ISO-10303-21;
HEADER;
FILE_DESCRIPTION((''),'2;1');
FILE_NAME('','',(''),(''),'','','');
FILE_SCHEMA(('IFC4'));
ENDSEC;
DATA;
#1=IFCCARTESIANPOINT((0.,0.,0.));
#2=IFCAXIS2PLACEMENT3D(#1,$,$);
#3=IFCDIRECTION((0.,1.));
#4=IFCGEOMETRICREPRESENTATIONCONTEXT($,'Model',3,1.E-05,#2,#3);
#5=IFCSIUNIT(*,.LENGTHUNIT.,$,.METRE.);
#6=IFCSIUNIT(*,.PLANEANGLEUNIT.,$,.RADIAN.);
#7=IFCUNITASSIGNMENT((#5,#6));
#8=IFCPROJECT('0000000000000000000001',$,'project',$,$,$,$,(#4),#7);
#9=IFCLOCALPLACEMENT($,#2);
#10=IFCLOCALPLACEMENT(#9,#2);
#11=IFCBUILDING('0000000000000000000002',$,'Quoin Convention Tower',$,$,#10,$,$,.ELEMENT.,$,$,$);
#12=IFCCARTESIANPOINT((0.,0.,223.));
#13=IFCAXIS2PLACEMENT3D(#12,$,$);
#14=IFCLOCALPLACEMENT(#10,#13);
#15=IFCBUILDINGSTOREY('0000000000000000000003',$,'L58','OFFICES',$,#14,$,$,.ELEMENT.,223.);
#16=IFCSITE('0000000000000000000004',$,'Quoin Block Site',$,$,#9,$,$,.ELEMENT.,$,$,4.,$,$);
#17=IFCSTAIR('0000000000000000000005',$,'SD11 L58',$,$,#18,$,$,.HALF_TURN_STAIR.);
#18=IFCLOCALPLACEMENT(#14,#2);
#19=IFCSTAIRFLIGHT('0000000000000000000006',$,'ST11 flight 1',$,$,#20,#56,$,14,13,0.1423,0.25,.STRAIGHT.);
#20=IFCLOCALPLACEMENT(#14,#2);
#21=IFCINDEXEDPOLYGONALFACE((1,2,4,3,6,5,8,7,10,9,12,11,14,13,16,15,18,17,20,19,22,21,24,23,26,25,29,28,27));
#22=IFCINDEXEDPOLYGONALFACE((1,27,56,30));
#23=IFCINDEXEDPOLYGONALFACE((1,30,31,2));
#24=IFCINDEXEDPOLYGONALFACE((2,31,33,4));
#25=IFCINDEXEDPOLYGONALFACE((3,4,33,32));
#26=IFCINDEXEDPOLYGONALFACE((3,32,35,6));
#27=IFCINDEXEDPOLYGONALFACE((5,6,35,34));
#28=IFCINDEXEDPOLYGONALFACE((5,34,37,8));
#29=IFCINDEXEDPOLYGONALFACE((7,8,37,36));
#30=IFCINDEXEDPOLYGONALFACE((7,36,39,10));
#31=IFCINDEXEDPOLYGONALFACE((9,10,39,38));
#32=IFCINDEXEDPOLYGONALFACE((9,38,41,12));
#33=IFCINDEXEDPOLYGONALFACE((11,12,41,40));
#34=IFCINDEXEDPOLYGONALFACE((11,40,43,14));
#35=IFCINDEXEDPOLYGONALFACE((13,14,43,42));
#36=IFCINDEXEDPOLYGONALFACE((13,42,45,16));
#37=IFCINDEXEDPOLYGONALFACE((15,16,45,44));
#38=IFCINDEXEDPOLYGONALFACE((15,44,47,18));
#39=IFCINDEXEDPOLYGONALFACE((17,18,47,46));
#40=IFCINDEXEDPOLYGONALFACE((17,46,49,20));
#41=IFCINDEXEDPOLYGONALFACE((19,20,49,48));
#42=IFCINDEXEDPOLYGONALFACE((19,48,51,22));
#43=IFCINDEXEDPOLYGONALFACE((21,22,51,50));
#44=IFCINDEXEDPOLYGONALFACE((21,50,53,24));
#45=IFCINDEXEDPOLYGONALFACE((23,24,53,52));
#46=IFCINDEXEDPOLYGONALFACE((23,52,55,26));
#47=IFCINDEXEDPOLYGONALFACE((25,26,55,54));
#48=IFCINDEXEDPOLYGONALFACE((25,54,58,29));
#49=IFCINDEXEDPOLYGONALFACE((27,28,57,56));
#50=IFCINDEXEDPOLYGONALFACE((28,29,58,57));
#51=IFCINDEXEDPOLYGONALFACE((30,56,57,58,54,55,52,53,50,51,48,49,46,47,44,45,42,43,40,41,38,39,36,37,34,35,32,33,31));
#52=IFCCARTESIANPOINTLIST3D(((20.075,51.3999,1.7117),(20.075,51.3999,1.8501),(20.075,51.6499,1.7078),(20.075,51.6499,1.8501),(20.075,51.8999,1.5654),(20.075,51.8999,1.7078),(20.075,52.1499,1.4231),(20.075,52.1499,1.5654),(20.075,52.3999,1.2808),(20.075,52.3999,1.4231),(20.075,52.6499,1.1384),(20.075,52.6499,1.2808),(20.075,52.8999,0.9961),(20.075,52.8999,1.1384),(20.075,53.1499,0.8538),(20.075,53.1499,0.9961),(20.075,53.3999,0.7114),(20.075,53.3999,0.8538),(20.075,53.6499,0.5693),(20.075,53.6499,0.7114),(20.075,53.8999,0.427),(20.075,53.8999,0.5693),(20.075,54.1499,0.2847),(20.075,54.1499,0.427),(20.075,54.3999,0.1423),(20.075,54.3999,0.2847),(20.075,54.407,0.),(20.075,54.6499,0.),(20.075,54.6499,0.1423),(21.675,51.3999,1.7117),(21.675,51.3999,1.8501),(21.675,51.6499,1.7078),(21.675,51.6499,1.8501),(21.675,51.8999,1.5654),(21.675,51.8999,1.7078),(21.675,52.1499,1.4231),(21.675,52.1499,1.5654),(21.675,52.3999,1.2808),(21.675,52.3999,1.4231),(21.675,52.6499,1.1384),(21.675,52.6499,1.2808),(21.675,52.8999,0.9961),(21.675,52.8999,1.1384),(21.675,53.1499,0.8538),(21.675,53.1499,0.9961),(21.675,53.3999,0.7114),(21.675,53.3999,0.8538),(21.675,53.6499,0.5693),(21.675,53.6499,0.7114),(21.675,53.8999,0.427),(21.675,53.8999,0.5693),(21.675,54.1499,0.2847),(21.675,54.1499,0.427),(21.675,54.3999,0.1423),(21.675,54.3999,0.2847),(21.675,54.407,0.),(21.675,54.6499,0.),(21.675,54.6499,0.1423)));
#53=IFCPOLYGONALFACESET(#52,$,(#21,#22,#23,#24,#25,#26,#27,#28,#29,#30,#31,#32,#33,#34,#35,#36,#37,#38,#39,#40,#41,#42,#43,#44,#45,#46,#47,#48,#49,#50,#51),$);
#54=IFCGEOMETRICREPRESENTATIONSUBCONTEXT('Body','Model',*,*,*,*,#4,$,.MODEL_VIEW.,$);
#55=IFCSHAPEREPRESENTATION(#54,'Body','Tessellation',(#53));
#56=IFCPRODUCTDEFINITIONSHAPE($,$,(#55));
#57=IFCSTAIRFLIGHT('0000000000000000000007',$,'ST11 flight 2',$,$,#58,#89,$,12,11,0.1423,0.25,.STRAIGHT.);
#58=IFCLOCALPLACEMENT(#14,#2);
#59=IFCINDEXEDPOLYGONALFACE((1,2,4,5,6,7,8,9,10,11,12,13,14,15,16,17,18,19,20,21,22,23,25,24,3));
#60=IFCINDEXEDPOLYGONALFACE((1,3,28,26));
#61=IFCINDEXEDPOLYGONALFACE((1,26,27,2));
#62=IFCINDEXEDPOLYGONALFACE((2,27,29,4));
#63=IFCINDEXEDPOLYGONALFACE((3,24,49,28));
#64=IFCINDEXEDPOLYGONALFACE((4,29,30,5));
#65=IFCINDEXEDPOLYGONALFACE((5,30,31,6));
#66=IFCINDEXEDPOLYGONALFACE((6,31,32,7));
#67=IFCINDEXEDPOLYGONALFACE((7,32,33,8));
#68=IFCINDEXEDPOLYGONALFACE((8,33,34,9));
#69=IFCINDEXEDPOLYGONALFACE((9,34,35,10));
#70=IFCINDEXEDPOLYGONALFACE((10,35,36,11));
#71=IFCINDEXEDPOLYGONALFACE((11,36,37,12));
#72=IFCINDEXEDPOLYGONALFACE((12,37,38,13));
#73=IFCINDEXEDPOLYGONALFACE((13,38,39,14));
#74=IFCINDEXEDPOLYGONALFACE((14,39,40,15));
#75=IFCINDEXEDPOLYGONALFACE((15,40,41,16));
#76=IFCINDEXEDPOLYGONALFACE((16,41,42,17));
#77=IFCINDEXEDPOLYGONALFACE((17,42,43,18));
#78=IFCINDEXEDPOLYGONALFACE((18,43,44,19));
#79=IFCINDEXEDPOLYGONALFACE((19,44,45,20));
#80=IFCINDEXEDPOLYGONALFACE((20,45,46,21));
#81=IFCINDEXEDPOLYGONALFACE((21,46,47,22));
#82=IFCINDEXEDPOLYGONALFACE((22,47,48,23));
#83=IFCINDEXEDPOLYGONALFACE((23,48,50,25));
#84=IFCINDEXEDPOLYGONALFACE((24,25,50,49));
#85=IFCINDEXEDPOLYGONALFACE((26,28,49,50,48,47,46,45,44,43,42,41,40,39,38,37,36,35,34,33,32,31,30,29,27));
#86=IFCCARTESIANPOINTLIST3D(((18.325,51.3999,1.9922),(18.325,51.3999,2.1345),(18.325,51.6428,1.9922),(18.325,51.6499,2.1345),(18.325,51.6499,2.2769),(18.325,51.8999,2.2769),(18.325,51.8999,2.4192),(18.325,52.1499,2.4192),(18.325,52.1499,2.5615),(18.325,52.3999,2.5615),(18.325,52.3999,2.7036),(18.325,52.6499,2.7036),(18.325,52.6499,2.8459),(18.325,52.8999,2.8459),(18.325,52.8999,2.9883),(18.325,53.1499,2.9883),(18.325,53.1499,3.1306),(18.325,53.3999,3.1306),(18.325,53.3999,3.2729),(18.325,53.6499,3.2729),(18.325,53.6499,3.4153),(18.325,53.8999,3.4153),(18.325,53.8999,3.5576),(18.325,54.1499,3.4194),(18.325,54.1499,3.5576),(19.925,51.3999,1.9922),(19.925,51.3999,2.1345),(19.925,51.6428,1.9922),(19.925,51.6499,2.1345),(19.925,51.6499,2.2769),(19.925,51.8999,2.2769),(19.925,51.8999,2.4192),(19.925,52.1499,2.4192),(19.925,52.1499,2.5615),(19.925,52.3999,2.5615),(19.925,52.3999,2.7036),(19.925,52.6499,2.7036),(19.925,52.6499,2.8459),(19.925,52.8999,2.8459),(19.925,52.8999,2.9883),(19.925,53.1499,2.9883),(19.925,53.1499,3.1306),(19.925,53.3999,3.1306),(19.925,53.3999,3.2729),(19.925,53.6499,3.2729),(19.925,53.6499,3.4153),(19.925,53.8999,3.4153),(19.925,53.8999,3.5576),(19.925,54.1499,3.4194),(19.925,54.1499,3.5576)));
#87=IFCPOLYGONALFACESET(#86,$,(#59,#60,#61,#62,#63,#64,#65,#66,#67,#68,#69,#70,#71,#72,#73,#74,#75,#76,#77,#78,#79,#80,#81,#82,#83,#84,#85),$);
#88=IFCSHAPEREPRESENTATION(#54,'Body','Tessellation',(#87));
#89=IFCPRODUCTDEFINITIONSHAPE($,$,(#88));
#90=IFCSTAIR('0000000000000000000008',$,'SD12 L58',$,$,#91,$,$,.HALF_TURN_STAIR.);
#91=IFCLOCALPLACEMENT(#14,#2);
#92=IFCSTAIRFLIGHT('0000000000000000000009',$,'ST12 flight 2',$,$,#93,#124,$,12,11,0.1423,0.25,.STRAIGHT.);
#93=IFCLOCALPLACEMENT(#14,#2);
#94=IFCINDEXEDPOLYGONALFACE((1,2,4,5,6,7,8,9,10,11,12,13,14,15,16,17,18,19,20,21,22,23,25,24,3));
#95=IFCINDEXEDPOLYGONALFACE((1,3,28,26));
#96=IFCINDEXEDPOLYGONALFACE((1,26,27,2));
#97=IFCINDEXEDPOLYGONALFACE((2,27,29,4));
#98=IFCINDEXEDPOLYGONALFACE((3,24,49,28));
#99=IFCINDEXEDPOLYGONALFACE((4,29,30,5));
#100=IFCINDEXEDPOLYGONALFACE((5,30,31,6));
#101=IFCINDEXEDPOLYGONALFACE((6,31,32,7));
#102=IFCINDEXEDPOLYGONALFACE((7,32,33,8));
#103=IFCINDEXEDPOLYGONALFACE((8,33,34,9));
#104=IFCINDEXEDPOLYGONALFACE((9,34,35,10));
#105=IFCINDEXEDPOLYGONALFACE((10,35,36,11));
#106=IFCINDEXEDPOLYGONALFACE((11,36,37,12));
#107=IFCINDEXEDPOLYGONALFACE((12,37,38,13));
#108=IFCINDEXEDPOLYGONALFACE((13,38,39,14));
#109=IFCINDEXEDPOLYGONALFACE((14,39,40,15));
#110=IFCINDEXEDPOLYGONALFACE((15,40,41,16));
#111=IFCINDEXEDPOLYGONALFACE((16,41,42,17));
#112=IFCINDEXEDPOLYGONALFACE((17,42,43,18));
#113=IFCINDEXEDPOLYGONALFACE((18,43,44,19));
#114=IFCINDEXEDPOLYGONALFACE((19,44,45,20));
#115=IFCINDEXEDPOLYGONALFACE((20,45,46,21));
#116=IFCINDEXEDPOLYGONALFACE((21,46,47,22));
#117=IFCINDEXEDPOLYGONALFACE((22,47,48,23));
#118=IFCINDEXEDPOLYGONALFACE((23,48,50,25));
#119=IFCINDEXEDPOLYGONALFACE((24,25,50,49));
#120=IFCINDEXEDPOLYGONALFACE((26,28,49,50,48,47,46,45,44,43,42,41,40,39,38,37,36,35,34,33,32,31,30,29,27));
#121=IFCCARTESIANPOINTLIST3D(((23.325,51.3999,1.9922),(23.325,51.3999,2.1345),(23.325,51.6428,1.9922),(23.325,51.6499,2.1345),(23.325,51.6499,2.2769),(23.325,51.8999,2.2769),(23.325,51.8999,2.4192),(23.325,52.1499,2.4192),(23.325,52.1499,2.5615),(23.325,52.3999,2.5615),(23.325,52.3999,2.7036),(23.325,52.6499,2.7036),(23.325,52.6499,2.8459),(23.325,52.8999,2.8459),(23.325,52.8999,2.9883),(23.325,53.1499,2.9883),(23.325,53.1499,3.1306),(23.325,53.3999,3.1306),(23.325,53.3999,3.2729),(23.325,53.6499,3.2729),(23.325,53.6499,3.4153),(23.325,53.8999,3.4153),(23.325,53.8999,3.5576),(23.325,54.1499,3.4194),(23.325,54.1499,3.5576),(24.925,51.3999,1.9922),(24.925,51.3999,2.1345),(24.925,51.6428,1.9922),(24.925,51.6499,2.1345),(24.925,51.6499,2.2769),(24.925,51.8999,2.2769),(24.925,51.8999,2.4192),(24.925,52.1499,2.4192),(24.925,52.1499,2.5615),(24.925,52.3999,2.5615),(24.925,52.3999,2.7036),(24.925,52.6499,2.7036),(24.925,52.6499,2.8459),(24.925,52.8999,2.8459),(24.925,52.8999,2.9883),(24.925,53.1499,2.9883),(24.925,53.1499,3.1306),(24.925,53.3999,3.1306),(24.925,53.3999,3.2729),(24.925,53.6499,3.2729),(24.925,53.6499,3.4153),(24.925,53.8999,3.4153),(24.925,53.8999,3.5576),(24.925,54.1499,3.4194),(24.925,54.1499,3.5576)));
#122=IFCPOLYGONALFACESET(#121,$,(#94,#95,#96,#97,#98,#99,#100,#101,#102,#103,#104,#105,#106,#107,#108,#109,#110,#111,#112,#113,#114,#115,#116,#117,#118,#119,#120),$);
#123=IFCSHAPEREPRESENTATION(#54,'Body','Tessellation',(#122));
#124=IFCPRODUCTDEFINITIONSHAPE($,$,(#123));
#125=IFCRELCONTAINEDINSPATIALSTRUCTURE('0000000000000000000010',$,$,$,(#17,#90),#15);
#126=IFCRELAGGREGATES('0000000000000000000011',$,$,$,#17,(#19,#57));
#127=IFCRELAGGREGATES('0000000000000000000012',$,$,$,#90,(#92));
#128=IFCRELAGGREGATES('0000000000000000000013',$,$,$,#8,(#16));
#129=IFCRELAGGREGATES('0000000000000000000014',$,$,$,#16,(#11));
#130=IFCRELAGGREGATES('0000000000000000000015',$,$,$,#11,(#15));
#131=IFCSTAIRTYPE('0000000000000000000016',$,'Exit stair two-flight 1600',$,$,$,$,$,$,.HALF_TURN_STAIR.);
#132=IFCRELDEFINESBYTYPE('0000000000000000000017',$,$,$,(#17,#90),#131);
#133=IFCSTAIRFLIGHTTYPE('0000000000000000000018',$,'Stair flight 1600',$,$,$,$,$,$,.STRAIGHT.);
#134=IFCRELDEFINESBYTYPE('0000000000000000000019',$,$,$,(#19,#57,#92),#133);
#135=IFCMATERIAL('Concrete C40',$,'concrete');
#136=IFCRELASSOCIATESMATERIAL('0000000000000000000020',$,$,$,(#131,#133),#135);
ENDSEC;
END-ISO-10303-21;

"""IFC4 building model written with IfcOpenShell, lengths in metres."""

from ifc_helpers import new_model, si_unit, direction, frame, origin, place, context, subcontext, project, spatial, polyline, outline, extrude, material, type_object, element, aggregate, save


model = new_model("IFC4")

# Units and contexts
model_context = context("Model", 3, precision=1e-05, world=origin(), true_north=direction((0.0, 1.0)))
body_context = subcontext(model_context, "Body", "Model", "MODEL_VIEW")
ifc_project = project(units=[si_unit("LENGTHUNIT", "METRE"), si_unit("PLANEANGLEUNIT", "RADIAN")], contexts=[model_context])

# Site, building, storey
site_placement = place(None, origin())
site = spatial("IfcSite", under=ifc_project, at=site_placement, Name="Quoin Block Site", CompositionType="ELEMENT", RefElevation=4.0)
building_placement = place(site_placement, origin())
building = spatial("IfcBuilding", under=site, at=building_placement, Name="Quoin Convention Tower", CompositionType="ELEMENT")
storey_placement = place(building_placement, frame((0.0, 0.0, 223.0)))
storey = spatial("IfcBuildingStorey", under=building, at=storey_placement, Name="L58", Description="OFFICES", CompositionType="ELEMENT", Elevation=223.0)

# Stair, stair flights
ifc_material_1 = material(Name="Concrete C40", Category="concrete")
stair_type = type_object("IfcStairType", Name="Exit stair two-flight 1600", PredefinedType="HALF_TURN_STAIR", material=ifc_material_1)
stair_1_placement = place(storey_placement, origin())
stair_1 = element("IfcStair", 1, at=stair_1_placement, inside=storey, type_object=stair_type, Name="SD11 L58", PredefinedType="HALF_TURN_STAIR")
stair_flight_type = type_object("IfcStairFlightType", Name="Stair flight 1600", PredefinedType="STRAIGHT", material=ifc_material_1)
stair_flight_1_placement = place(storey_placement, frame((20.875, 54.6499, 0.0), z_axis=(0.0, 0.0, 1.0), x_axis=(0.0, -1.0, 0.0)))
stair_flight_1 = element("IfcStairFlight", 2, at=stair_flight_1_placement, type_object=stair_flight_type, Name="ST11 flight 1", NumberOfRisers=14, NumberOfTreads=13, PredefinedType="STRAIGHT", RiserHeight=0.1423, TreadLength=0.25, context=body_context, shape_type="SweptSolid", body=[
    extrude(outline(polyline([(0.0, 0.0), (0.0, 0.1423), (0.25, 0.1423), (0.25, 0.2847), (0.5, 0.2847), (0.5, 0.427), (0.75, 0.427), (0.75, 0.5693), (1.0, 0.5693), (1.0, 0.7114), (1.25, 0.7114), (1.25, 0.8538), (1.5, 0.8538), (1.5, 0.9961), (1.75, 0.9961), (1.75, 1.1384), (2.0, 1.1384), (2.0, 1.2808), (2.25, 1.2808), (2.25, 1.4231), (2.5, 1.4231), (2.5, 1.5654), (2.75, 1.5654), (2.75, 1.7078), (3.0, 1.7078), (3.0, 1.8501), (3.25, 1.8501), (3.25, 1.9922), (3.25, 1.7117), (0.2429, 0.0), (0.0, 0.0)])), frame((0.0, 0.8, 0.0), z_axis=(0.0, -1.0, 0.0), x_axis=(1.0, 0.0, 0.0)), (0.0, 0.0, 1.0), 1.6001),
])
stair_flight_2_placement = place(storey_placement, frame((19.125, 51.3999, 1.9922), z_axis=(0.0, 0.0, 1.0), x_axis=(0.0, 1.0, 0.0)))
stair_flight_2 = element("IfcStairFlight", 3, at=stair_flight_2_placement, type_object=stair_flight_type, Name="ST11 flight 2", NumberOfRisers=12, NumberOfTreads=11, PredefinedType="STRAIGHT", RiserHeight=0.1423, TreadLength=0.25, context=body_context, shape_type="SweptSolid", body=[
    extrude(outline(polyline([(0.0, 0.0), (0.0, 0.1423), (0.25, 0.1423), (0.25, 0.2847), (0.5, 0.2847), (0.5, 0.427), (0.75, 0.427), (0.75, 0.5693), (1.0, 0.5693), (1.0, 0.7114), (1.25, 0.7114), (1.25, 0.8538), (1.5, 0.8538), (1.5, 0.9961), (1.75, 0.9961), (1.75, 1.1384), (2.0, 1.1384), (2.0, 1.2808), (2.25, 1.2808), (2.25, 1.4231), (2.5, 1.4231), (2.5, 1.5654), (2.75, 1.5654), (2.75, 1.7078), (2.75, 1.4272), (0.2429, 0.0), (0.0, 0.0)])), frame((0.0, 0.8, 0.0), z_axis=(0.0, -1.0, 0.0), x_axis=(1.0, 0.0, 0.0)), (0.0, 0.0, 1.0), 1.6001),
])
aggregate(stair_1, [stair_flight_1, stair_flight_2])

# Stair, stair flight
stair_2_placement = place(storey_placement, origin())
stair_2 = element("IfcStair", 4, at=stair_2_placement, inside=storey, type_object=stair_type, Name="SD12 L58", PredefinedType="HALF_TURN_STAIR")
stair_flight_3_placement = place(storey_placement, frame((24.125, 51.3999, 1.9922), z_axis=(0.0, 0.0, 1.0), x_axis=(0.0, 1.0, 0.0)))
stair_flight_3 = element("IfcStairFlight", 5, at=stair_flight_3_placement, type_object=stair_flight_type, Name="ST12 flight 2", NumberOfRisers=12, NumberOfTreads=11, PredefinedType="STRAIGHT", RiserHeight=0.1423, TreadLength=0.25, context=body_context, shape_type="SweptSolid", body=[
    extrude(outline(polyline([(0.0, 0.0), (0.0, 0.1423), (0.25, 0.1423), (0.25, 0.2847), (0.5, 0.2847), (0.5, 0.427), (0.75, 0.427), (0.75, 0.5693), (1.0, 0.5693), (1.0, 0.7114), (1.25, 0.7114), (1.25, 0.8538), (1.5, 0.8538), (1.5, 0.9961), (1.75, 0.9961), (1.75, 1.1384), (2.0, 1.1384), (2.0, 1.2808), (2.25, 1.2808), (2.25, 1.4231), (2.5, 1.4231), (2.5, 1.5654), (2.75, 1.5654), (2.75, 1.7078), (2.75, 1.4272), (0.2429, 0.0), (0.0, 0.0)])), frame((0.0, 0.8, 0.0), z_axis=(0.0, -1.0, 0.0), x_axis=(1.0, 0.0, 0.0)), (0.0, 0.0, 1.0), 1.6001),
])
aggregate(stair_2, [stair_flight_3])

save(model, "model.ifc")
